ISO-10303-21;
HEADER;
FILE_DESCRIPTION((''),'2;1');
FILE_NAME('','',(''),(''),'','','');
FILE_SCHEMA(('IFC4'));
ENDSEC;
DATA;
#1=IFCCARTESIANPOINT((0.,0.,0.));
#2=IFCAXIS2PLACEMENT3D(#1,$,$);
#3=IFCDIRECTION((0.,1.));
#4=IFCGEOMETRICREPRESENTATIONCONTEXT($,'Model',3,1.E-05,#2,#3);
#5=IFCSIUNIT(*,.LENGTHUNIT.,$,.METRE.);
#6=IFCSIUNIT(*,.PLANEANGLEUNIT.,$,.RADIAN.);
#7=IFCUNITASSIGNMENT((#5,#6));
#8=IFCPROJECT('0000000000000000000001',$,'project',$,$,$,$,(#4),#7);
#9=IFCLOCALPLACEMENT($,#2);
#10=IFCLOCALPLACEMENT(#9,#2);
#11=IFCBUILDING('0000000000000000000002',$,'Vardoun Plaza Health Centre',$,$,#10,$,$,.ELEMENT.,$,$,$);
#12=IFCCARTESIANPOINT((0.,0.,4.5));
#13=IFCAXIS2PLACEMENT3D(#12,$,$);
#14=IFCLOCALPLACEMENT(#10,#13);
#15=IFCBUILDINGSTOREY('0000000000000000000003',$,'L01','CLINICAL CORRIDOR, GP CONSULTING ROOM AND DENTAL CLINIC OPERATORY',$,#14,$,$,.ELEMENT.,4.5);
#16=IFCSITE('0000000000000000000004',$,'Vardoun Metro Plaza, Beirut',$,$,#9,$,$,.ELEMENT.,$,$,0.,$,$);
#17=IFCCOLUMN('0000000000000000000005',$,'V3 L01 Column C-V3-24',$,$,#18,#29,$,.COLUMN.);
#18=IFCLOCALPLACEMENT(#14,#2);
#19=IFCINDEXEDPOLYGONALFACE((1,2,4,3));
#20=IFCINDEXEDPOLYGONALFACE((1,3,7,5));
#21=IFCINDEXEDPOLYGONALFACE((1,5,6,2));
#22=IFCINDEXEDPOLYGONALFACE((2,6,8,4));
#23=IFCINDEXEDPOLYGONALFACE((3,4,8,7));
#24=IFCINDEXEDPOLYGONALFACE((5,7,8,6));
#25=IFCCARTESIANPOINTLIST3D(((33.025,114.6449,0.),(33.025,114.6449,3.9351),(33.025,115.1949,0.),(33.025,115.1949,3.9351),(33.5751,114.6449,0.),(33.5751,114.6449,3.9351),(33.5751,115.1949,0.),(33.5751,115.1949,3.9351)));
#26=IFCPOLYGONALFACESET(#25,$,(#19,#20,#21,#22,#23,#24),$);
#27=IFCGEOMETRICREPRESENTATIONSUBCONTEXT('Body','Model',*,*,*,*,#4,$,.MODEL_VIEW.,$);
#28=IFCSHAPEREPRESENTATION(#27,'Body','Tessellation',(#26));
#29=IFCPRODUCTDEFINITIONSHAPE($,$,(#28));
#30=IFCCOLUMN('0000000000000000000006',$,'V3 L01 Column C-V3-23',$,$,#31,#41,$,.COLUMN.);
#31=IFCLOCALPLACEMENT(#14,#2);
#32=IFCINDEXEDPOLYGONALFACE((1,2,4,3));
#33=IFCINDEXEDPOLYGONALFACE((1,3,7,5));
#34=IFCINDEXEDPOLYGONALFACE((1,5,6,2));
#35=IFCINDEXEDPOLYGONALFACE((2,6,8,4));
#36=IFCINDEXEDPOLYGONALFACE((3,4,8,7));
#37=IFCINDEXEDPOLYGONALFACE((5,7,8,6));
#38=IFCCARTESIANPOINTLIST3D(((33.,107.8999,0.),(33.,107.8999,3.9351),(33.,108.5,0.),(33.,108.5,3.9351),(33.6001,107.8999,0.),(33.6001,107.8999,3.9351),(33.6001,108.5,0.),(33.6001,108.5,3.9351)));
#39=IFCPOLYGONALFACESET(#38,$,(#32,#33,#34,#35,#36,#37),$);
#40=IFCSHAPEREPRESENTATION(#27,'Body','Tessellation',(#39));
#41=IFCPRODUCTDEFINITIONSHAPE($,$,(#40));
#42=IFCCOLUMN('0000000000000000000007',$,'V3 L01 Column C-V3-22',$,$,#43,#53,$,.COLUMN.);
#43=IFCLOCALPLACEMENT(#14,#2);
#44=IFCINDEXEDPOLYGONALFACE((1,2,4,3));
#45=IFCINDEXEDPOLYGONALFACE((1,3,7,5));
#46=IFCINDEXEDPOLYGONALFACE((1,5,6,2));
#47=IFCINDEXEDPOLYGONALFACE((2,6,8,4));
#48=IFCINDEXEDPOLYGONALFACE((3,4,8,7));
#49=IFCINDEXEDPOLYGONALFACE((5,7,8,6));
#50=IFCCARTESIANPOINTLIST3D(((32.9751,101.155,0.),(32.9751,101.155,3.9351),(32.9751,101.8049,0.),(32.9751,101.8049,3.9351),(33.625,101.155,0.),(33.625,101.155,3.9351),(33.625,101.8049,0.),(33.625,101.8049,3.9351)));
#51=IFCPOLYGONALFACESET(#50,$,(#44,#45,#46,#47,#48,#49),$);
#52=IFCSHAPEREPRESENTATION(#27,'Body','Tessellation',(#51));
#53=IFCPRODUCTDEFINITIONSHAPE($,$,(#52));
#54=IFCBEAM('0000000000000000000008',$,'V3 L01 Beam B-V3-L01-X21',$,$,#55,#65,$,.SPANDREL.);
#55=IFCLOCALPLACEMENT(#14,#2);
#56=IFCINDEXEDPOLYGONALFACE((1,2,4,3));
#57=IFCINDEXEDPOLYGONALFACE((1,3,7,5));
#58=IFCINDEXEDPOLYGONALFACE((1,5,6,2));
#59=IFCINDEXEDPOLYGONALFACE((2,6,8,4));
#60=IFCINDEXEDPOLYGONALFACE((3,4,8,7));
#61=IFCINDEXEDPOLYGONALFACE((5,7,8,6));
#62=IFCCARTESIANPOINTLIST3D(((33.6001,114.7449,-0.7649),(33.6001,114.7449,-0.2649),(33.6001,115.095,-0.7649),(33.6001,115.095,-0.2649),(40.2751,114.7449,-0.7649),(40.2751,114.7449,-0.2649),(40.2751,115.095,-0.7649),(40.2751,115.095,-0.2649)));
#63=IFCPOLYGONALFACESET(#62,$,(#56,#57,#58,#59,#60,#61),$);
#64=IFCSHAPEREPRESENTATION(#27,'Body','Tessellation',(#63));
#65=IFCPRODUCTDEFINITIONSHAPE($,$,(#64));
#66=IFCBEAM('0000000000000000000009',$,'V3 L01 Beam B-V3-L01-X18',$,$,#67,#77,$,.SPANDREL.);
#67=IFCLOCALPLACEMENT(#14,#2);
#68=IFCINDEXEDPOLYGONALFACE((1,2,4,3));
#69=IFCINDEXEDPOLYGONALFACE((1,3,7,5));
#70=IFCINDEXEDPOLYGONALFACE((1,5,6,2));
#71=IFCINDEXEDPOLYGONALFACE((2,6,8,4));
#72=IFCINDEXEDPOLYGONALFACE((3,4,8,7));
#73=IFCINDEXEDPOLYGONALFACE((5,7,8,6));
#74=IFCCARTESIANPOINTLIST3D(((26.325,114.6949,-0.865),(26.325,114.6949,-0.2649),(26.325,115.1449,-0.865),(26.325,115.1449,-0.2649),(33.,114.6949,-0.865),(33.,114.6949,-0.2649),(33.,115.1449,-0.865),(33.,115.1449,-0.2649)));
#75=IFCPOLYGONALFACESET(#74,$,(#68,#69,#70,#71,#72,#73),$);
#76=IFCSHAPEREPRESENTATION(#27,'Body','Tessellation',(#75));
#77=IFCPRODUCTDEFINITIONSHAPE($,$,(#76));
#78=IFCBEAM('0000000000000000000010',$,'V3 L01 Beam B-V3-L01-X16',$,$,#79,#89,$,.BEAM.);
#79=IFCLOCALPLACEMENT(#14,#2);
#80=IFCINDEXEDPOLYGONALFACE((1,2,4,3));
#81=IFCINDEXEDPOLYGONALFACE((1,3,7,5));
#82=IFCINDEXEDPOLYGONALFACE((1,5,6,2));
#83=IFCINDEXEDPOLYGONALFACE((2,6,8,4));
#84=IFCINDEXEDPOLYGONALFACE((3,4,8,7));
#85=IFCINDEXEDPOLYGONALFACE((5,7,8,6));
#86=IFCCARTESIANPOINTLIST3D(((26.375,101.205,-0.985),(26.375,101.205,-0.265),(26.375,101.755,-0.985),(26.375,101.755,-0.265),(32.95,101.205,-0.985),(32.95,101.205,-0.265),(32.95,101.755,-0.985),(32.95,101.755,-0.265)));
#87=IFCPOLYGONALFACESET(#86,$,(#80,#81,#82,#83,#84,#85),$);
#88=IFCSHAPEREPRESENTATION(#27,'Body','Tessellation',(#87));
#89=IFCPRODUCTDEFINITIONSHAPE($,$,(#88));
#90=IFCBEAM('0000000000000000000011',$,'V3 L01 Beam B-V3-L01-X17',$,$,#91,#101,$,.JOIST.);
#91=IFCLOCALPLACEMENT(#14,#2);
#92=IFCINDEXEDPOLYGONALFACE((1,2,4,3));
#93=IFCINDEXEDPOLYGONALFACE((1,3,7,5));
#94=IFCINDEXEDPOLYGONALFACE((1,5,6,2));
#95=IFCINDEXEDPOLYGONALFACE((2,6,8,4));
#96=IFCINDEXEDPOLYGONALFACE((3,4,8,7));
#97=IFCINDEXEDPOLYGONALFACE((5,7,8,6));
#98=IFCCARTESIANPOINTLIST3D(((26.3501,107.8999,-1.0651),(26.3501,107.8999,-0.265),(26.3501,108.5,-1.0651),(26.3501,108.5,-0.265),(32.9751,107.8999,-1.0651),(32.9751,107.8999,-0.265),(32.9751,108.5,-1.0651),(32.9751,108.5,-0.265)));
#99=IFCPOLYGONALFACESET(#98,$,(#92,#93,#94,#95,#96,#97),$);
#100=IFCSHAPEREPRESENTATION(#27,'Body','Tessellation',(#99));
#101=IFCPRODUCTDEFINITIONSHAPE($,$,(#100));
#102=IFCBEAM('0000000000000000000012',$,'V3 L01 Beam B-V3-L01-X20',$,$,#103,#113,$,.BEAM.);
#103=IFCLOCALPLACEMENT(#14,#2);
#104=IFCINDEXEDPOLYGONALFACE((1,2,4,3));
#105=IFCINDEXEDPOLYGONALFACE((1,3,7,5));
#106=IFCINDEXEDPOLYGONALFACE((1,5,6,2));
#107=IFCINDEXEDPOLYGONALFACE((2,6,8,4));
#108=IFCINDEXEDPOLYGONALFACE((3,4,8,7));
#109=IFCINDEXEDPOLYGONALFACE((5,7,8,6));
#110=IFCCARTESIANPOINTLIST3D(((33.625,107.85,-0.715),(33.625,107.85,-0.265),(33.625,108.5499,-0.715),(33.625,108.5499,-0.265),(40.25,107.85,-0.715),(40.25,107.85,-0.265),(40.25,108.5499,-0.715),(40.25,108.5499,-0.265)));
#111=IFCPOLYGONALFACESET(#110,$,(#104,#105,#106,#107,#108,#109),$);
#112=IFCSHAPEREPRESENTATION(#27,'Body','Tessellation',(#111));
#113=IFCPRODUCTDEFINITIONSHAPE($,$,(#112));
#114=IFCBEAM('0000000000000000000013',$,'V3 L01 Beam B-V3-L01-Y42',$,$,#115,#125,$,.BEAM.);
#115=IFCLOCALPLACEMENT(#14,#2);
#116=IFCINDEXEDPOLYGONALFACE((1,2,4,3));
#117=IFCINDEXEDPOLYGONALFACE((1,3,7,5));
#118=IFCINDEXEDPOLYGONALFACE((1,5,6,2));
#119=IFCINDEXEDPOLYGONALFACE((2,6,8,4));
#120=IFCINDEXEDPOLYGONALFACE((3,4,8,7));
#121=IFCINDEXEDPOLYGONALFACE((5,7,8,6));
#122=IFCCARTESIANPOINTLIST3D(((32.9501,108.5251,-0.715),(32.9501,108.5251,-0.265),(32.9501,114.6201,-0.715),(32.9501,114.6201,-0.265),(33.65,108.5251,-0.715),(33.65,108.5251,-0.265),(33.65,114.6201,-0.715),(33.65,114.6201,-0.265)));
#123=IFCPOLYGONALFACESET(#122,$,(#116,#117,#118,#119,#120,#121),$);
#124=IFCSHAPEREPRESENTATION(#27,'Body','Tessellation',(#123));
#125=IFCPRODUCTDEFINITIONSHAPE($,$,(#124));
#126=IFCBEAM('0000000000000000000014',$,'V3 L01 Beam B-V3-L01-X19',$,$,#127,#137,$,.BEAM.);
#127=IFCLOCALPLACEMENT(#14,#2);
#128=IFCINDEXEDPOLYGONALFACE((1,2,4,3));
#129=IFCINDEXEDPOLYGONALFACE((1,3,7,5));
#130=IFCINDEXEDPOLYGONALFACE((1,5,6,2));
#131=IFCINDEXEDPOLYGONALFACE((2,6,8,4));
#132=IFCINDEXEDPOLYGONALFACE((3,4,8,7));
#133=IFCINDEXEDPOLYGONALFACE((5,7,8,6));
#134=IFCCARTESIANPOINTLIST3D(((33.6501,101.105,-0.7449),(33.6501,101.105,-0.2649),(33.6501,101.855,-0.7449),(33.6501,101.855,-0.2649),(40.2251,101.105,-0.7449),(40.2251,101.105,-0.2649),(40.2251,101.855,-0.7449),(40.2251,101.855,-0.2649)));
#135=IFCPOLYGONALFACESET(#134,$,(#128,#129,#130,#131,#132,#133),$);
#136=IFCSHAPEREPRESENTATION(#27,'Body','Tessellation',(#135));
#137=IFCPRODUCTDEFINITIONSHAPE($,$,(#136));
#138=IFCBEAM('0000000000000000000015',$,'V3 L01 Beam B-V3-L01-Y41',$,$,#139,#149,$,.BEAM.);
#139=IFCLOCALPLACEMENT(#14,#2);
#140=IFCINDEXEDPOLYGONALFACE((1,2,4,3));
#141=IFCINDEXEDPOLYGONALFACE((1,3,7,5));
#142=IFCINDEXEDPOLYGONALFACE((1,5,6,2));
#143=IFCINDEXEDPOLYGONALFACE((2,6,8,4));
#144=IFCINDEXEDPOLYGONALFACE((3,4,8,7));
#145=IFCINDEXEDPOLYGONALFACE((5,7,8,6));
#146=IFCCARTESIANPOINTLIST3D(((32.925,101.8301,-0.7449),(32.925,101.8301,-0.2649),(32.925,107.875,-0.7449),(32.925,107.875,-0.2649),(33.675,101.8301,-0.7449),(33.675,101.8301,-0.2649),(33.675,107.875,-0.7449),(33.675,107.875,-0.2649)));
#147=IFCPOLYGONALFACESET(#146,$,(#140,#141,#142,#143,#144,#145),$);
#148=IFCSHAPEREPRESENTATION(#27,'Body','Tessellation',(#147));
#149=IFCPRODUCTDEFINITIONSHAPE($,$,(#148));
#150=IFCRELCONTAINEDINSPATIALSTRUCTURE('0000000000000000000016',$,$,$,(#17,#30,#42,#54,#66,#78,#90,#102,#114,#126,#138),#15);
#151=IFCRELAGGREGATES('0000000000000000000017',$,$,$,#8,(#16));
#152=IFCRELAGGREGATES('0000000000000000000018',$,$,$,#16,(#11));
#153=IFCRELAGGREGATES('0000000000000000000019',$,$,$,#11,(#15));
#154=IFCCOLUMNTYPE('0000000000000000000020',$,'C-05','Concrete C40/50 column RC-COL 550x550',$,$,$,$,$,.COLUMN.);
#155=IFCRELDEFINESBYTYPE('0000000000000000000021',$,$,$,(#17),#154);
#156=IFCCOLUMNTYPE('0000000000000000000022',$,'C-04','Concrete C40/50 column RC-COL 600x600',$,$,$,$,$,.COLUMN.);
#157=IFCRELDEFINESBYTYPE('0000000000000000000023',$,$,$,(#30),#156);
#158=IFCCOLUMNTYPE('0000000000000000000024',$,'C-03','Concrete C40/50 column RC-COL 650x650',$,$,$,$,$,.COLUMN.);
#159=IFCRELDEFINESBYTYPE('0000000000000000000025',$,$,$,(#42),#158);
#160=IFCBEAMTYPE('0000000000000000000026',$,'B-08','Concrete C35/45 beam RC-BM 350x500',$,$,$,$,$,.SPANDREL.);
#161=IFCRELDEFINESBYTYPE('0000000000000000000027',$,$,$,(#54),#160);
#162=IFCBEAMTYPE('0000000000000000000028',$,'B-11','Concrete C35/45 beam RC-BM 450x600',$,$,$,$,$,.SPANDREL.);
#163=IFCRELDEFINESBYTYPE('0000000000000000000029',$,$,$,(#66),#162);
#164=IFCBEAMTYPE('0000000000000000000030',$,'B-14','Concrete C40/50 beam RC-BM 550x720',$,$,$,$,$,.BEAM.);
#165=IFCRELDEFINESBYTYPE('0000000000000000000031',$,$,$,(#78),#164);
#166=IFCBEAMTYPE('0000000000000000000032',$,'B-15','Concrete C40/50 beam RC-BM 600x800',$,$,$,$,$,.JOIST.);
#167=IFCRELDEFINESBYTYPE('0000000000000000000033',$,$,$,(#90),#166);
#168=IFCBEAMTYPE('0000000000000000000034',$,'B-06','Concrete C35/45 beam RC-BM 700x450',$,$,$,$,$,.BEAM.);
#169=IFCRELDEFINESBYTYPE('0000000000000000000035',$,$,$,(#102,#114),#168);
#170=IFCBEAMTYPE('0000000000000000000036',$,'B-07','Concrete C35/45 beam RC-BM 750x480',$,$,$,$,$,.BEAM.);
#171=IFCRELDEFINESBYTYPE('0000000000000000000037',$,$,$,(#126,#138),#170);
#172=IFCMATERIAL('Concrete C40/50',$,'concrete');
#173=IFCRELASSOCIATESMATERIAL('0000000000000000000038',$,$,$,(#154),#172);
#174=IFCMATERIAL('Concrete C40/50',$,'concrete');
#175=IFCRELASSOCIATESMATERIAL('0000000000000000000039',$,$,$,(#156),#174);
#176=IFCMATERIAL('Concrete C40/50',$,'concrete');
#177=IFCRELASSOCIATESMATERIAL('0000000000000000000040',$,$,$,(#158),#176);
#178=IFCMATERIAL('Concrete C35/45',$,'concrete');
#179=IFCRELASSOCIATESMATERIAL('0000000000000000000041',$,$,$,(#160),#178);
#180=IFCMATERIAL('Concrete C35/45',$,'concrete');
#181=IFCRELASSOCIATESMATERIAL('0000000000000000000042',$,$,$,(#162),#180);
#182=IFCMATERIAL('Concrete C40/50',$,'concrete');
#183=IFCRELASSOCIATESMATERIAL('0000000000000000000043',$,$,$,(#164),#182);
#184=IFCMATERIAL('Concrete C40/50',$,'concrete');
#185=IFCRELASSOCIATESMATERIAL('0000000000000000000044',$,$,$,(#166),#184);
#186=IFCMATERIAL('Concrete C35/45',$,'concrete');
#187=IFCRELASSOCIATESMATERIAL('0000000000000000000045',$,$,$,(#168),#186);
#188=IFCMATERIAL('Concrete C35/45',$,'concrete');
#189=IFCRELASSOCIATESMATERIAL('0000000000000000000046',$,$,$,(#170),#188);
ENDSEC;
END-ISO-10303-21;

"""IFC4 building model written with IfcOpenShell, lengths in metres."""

from ifc_helpers import new_model, si_unit, direction, frame, origin, origin_2d, place, context, subcontext, project, spatial, rectangle, extrude, material, material_profile, profile_set, type_object, element, save


model = new_model("IFC4")

# Units and contexts
model_context = context("Model", 3, precision=1e-05, world=origin(), true_north=direction((0.0, 1.0)))
body_context = subcontext(model_context, "Body", "Model", "MODEL_VIEW")
ifc_project = project(units=[si_unit("LENGTHUNIT", "METRE"), si_unit("PLANEANGLEUNIT", "RADIAN")], contexts=[model_context])

# Site, building, storey
site_placement = place(None, origin())
site = spatial("IfcSite", under=ifc_project, at=site_placement, Name="Vardoun Metro Plaza, Beirut", CompositionType="ELEMENT", RefElevation=0.0)
building_placement = place(site_placement, origin())
building = spatial("IfcBuilding", under=site, at=building_placement, Name="Vardoun Plaza Health Centre", CompositionType="ELEMENT")
storey_placement = place(building_placement, frame((0.0, 0.0, 4.5)))
storey = spatial("IfcBuildingStorey", under=building, at=storey_placement, Name="L01", Description="CLINICAL CORRIDOR, GP CONSULTING ROOM AND DENTAL CLINIC OPERATORY", CompositionType="ELEMENT", Elevation=4.5)

# Columns
ifc_material_1 = material(Name="Concrete C40/50", Category="concrete")
ifc_material_profile_1 = material_profile(ifc_material_1, rectangle(XDim=0.55, YDim=0.55, at=origin_2d()), Name="RC-COL 550x550")
ifc_profile_set_1 = profile_set([ifc_material_profile_1], Name="Concrete C40/50")
column_type_1 = type_object("IfcColumnType", Name="C-05", Description="Concrete C40/50 column RC-COL 550x550", PredefinedType="COLUMN", material=ifc_profile_set_1)
column_1_placement = place(storey_placement, frame((33.3, 114.9199, 0.0), z_axis=(0.0, 0.0, 1.0), x_axis=(1.0, 0.0, 0.0)))
element("IfcColumn", 1, at=column_1_placement, inside=storey, type_object=column_type_1, Name="V3 L01 Column C-V3-24", PredefinedType="COLUMN", context=body_context, shape_type="SweptSolid", body=[
    extrude(rectangle(XDim=0.55, YDim=0.55, at=origin_2d()), origin(), (0.0, 0.0, 1.0), 3.9351),
])
ifc_material_2 = material(Name="Concrete C40/50", Category="concrete")
ifc_material_profile_2 = material_profile(ifc_material_2, rectangle(XDim=0.6001, YDim=0.6001, at=origin_2d()), Name="RC-COL 600x600")
ifc_profile_set_2 = profile_set([ifc_material_profile_2], Name="Concrete C40/50")
column_type_2 = type_object("IfcColumnType", Name="C-04", Description="Concrete C40/50 column RC-COL 600x600", PredefinedType="COLUMN", material=ifc_profile_set_2)
column_2_placement = place(storey_placement, frame((33.3, 108.2, 0.0), z_axis=(0.0, 0.0, 1.0), x_axis=(1.0, 0.0, 0.0)))
element("IfcColumn", 2, at=column_2_placement, inside=storey, type_object=column_type_2, Name="V3 L01 Column C-V3-23", PredefinedType="COLUMN", context=body_context, shape_type="SweptSolid", body=[
    extrude(rectangle(XDim=0.6001, YDim=0.6001, at=origin_2d()), origin(), (0.0, 0.0, 1.0), 3.9351),
])
ifc_material_3 = material(Name="Concrete C40/50", Category="concrete")
ifc_material_profile_3 = material_profile(ifc_material_3, rectangle(XDim=0.6499, YDim=0.6499, at=origin_2d()), Name="RC-COL 650x650")
ifc_profile_set_3 = profile_set([ifc_material_profile_3], Name="Concrete C40/50")
column_type_3 = type_object("IfcColumnType", Name="C-03", Description="Concrete C40/50 column RC-COL 650x650", PredefinedType="COLUMN", material=ifc_profile_set_3)
column_3_placement = place(storey_placement, frame((33.3, 101.48, 0.0), z_axis=(0.0, 0.0, 1.0), x_axis=(1.0, 0.0, 0.0)))
element("IfcColumn", 3, at=column_3_placement, inside=storey, type_object=column_type_3, Name="V3 L01 Column C-V3-22", PredefinedType="COLUMN", context=body_context, shape_type="SweptSolid", body=[
    extrude(rectangle(XDim=0.6499, YDim=0.6499, at=origin_2d()), origin(), (0.0, 0.0, 1.0), 3.9351),
])

# Beams
ifc_material_4 = material(Name="Concrete C35/45", Category="concrete")
ifc_material_profile_4 = material_profile(ifc_material_4, rectangle(XDim=0.3501, YDim=0.5, at=origin_2d()), Name="RC-BM 350x500")
ifc_profile_set_4 = profile_set([ifc_material_profile_4], Name="Concrete C35/45")
beam_type_1 = type_object("IfcBeamType", Name="B-08", Description="Concrete C35/45 beam RC-BM 350x500", PredefinedType="SPANDREL", material=ifc_profile_set_4)
beam_1_placement = place(storey_placement, frame((33.6001, 114.9199, -0.5149), z_axis=(1.0, 0.0, 0.0), x_axis=(0.0, 1.0, 0.0)))
element("IfcBeam", 4, at=beam_1_placement, inside=storey, type_object=beam_type_1, Name="V3 L01 Beam B-V3-L01-X21", PredefinedType="SPANDREL", context=body_context, shape_type="SweptSolid", body=[
    extrude(rectangle(XDim=0.3501, YDim=0.5, at=origin_2d()), origin(), (0.0, 0.0, 1.0), 6.675),
])
ifc_material_5 = material(Name="Concrete C35/45", Category="concrete")
ifc_material_profile_5 = material_profile(ifc_material_5, rectangle(XDim=0.45, YDim=0.6001, at=origin_2d()), Name="RC-BM 450x600")
ifc_profile_set_5 = profile_set([ifc_material_profile_5], Name="Concrete C35/45")
beam_type_2 = type_object("IfcBeamType", Name="B-11", Description="Concrete C35/45 beam RC-BM 450x600", PredefinedType="SPANDREL", material=ifc_profile_set_5)
beam_2_placement = place(storey_placement, frame((26.325, 114.9199, -0.5649), z_axis=(1.0, 0.0, 0.0), x_axis=(0.0, 1.0, 0.0)))
element("IfcBeam", 5, at=beam_2_placement, inside=storey, type_object=beam_type_2, Name="V3 L01 Beam B-V3-L01-X18", PredefinedType="SPANDREL", context=body_context, shape_type="SweptSolid", body=[
    extrude(rectangle(XDim=0.45, YDim=0.6001, at=origin_2d()), origin(), (0.0, 0.0, 1.0), 6.675),
])
ifc_material_6 = material(Name="Concrete C40/50", Category="concrete")
ifc_material_profile_6 = material_profile(ifc_material_6, rectangle(XDim=0.55, YDim=0.72, at=origin_2d()), Name="RC-BM 550x720")
ifc_profile_set_6 = profile_set([ifc_material_profile_6], Name="Concrete C40/50")
beam_type_3 = type_object("IfcBeamType", Name="B-14", Description="Concrete C40/50 beam RC-BM 550x720", PredefinedType="BEAM", material=ifc_profile_set_6)
beam_3_placement = place(storey_placement, frame((26.375, 101.48, -0.625), z_axis=(1.0, 0.0, 0.0), x_axis=(0.0, 1.0, 0.0)))
element("IfcBeam", 6, at=beam_3_placement, inside=storey, type_object=beam_type_3, Name="V3 L01 Beam B-V3-L01-X16", PredefinedType="BEAM", context=body_context, shape_type="SweptSolid", body=[
    extrude(rectangle(XDim=0.55, YDim=0.72, at=origin_2d()), origin(), (0.0, 0.0, 1.0), 6.575),
])
ifc_material_7 = material(Name="Concrete C40/50", Category="concrete")
ifc_material_profile_7 = material_profile(ifc_material_7, rectangle(XDim=0.6001, YDim=0.8, at=origin_2d()), Name="RC-BM 600x800")
ifc_profile_set_7 = profile_set([ifc_material_profile_7], Name="Concrete C40/50")
beam_type_4 = type_object("IfcBeamType", Name="B-15", Description="Concrete C40/50 beam RC-BM 600x800", PredefinedType="JOIST", material=ifc_profile_set_7)
beam_4_placement = place(storey_placement, frame((26.3501, 108.2, -0.665), z_axis=(1.0, 0.0, 0.0), x_axis=(0.0, 1.0, 0.0)))
element("IfcBeam", 7, at=beam_4_placement, inside=storey, type_object=beam_type_4, Name="V3 L01 Beam B-V3-L01-X17", PredefinedType="JOIST", context=body_context, shape_type="SweptSolid", body=[
    extrude(rectangle(XDim=0.6001, YDim=0.8, at=origin_2d()), origin(), (0.0, 0.0, 1.0), 6.625),
])
ifc_material_8 = material(Name="Concrete C35/45", Category="concrete")
ifc_material_profile_8 = material_profile(ifc_material_8, rectangle(XDim=0.7, YDim=0.45, at=origin_2d()), Name="RC-BM 700x450")
ifc_profile_set_8 = profile_set([ifc_material_profile_8], Name="Concrete C35/45")
beam_type_5 = type_object("IfcBeamType", Name="B-06", Description="Concrete C35/45 beam RC-BM 700x450", PredefinedType="BEAM", material=ifc_profile_set_8)
beam_5_placement = place(storey_placement, frame((33.625, 108.2, -0.49), z_axis=(1.0, 0.0, 0.0), x_axis=(0.0, 1.0, 0.0)))
element("IfcBeam", 8, at=beam_5_placement, inside=storey, type_object=beam_type_5, Name="V3 L01 Beam B-V3-L01-X20", PredefinedType="BEAM", context=body_context, shape_type="SweptSolid", body=[
    extrude(rectangle(XDim=0.7, YDim=0.45, at=origin_2d()), origin(), (0.0, 0.0, 1.0), 6.625),
])
beam_6_placement = place(storey_placement, frame((33.3, 108.5251, -0.49), z_axis=(0.0, 1.0, 0.0), x_axis=(-1.0, 0.0, 0.0)))
element("IfcBeam", 9, at=beam_6_placement, inside=storey, type_object=beam_type_5, Name="V3 L01 Beam B-V3-L01-Y42", PredefinedType="BEAM", context=body_context, shape_type="SweptSolid", body=[
    extrude(rectangle(XDim=0.7, YDim=0.45, at=origin_2d()), origin(), (0.0, 0.0, 1.0), 6.095),
])
ifc_material_9 = material(Name="Concrete C35/45", Category="concrete")
ifc_material_profile_9 = material_profile(ifc_material_9, rectangle(XDim=0.75, YDim=0.48, at=origin_2d()), Name="RC-BM 750x480")
ifc_profile_set_9 = profile_set([ifc_material_profile_9], Name="Concrete C35/45")
beam_type_6 = type_object("IfcBeamType", Name="B-07", Description="Concrete C35/45 beam RC-BM 750x480", PredefinedType="BEAM", material=ifc_profile_set_9)
beam_7_placement = place(storey_placement, frame((33.6501, 101.48, -0.5049), z_axis=(1.0, 0.0, 0.0), x_axis=(0.0, 1.0, 0.0)))
element("IfcBeam", 10, at=beam_7_placement, inside=storey, type_object=beam_type_6, Name="V3 L01 Beam B-V3-L01-X19", PredefinedType="BEAM", context=body_context, shape_type="SweptSolid", body=[
    extrude(rectangle(XDim=0.75, YDim=0.48, at=origin_2d()), origin(), (0.0, 0.0, 1.0), 6.575),
])
beam_8_placement = place(storey_placement, frame((33.3, 101.8301, -0.5049), z_axis=(0.0, 1.0, 0.0), x_axis=(-1.0, 0.0, 0.0)))
element("IfcBeam", 11, at=beam_8_placement, inside=storey, type_object=beam_type_6, Name="V3 L01 Beam B-V3-L01-Y41", PredefinedType="BEAM", context=body_context, shape_type="SweptSolid", body=[
    extrude(rectangle(XDim=0.75, YDim=0.48, at=origin_2d()), origin(), (0.0, 0.0, 1.0), 6.0449),
])

save(model, "model.ifc")
